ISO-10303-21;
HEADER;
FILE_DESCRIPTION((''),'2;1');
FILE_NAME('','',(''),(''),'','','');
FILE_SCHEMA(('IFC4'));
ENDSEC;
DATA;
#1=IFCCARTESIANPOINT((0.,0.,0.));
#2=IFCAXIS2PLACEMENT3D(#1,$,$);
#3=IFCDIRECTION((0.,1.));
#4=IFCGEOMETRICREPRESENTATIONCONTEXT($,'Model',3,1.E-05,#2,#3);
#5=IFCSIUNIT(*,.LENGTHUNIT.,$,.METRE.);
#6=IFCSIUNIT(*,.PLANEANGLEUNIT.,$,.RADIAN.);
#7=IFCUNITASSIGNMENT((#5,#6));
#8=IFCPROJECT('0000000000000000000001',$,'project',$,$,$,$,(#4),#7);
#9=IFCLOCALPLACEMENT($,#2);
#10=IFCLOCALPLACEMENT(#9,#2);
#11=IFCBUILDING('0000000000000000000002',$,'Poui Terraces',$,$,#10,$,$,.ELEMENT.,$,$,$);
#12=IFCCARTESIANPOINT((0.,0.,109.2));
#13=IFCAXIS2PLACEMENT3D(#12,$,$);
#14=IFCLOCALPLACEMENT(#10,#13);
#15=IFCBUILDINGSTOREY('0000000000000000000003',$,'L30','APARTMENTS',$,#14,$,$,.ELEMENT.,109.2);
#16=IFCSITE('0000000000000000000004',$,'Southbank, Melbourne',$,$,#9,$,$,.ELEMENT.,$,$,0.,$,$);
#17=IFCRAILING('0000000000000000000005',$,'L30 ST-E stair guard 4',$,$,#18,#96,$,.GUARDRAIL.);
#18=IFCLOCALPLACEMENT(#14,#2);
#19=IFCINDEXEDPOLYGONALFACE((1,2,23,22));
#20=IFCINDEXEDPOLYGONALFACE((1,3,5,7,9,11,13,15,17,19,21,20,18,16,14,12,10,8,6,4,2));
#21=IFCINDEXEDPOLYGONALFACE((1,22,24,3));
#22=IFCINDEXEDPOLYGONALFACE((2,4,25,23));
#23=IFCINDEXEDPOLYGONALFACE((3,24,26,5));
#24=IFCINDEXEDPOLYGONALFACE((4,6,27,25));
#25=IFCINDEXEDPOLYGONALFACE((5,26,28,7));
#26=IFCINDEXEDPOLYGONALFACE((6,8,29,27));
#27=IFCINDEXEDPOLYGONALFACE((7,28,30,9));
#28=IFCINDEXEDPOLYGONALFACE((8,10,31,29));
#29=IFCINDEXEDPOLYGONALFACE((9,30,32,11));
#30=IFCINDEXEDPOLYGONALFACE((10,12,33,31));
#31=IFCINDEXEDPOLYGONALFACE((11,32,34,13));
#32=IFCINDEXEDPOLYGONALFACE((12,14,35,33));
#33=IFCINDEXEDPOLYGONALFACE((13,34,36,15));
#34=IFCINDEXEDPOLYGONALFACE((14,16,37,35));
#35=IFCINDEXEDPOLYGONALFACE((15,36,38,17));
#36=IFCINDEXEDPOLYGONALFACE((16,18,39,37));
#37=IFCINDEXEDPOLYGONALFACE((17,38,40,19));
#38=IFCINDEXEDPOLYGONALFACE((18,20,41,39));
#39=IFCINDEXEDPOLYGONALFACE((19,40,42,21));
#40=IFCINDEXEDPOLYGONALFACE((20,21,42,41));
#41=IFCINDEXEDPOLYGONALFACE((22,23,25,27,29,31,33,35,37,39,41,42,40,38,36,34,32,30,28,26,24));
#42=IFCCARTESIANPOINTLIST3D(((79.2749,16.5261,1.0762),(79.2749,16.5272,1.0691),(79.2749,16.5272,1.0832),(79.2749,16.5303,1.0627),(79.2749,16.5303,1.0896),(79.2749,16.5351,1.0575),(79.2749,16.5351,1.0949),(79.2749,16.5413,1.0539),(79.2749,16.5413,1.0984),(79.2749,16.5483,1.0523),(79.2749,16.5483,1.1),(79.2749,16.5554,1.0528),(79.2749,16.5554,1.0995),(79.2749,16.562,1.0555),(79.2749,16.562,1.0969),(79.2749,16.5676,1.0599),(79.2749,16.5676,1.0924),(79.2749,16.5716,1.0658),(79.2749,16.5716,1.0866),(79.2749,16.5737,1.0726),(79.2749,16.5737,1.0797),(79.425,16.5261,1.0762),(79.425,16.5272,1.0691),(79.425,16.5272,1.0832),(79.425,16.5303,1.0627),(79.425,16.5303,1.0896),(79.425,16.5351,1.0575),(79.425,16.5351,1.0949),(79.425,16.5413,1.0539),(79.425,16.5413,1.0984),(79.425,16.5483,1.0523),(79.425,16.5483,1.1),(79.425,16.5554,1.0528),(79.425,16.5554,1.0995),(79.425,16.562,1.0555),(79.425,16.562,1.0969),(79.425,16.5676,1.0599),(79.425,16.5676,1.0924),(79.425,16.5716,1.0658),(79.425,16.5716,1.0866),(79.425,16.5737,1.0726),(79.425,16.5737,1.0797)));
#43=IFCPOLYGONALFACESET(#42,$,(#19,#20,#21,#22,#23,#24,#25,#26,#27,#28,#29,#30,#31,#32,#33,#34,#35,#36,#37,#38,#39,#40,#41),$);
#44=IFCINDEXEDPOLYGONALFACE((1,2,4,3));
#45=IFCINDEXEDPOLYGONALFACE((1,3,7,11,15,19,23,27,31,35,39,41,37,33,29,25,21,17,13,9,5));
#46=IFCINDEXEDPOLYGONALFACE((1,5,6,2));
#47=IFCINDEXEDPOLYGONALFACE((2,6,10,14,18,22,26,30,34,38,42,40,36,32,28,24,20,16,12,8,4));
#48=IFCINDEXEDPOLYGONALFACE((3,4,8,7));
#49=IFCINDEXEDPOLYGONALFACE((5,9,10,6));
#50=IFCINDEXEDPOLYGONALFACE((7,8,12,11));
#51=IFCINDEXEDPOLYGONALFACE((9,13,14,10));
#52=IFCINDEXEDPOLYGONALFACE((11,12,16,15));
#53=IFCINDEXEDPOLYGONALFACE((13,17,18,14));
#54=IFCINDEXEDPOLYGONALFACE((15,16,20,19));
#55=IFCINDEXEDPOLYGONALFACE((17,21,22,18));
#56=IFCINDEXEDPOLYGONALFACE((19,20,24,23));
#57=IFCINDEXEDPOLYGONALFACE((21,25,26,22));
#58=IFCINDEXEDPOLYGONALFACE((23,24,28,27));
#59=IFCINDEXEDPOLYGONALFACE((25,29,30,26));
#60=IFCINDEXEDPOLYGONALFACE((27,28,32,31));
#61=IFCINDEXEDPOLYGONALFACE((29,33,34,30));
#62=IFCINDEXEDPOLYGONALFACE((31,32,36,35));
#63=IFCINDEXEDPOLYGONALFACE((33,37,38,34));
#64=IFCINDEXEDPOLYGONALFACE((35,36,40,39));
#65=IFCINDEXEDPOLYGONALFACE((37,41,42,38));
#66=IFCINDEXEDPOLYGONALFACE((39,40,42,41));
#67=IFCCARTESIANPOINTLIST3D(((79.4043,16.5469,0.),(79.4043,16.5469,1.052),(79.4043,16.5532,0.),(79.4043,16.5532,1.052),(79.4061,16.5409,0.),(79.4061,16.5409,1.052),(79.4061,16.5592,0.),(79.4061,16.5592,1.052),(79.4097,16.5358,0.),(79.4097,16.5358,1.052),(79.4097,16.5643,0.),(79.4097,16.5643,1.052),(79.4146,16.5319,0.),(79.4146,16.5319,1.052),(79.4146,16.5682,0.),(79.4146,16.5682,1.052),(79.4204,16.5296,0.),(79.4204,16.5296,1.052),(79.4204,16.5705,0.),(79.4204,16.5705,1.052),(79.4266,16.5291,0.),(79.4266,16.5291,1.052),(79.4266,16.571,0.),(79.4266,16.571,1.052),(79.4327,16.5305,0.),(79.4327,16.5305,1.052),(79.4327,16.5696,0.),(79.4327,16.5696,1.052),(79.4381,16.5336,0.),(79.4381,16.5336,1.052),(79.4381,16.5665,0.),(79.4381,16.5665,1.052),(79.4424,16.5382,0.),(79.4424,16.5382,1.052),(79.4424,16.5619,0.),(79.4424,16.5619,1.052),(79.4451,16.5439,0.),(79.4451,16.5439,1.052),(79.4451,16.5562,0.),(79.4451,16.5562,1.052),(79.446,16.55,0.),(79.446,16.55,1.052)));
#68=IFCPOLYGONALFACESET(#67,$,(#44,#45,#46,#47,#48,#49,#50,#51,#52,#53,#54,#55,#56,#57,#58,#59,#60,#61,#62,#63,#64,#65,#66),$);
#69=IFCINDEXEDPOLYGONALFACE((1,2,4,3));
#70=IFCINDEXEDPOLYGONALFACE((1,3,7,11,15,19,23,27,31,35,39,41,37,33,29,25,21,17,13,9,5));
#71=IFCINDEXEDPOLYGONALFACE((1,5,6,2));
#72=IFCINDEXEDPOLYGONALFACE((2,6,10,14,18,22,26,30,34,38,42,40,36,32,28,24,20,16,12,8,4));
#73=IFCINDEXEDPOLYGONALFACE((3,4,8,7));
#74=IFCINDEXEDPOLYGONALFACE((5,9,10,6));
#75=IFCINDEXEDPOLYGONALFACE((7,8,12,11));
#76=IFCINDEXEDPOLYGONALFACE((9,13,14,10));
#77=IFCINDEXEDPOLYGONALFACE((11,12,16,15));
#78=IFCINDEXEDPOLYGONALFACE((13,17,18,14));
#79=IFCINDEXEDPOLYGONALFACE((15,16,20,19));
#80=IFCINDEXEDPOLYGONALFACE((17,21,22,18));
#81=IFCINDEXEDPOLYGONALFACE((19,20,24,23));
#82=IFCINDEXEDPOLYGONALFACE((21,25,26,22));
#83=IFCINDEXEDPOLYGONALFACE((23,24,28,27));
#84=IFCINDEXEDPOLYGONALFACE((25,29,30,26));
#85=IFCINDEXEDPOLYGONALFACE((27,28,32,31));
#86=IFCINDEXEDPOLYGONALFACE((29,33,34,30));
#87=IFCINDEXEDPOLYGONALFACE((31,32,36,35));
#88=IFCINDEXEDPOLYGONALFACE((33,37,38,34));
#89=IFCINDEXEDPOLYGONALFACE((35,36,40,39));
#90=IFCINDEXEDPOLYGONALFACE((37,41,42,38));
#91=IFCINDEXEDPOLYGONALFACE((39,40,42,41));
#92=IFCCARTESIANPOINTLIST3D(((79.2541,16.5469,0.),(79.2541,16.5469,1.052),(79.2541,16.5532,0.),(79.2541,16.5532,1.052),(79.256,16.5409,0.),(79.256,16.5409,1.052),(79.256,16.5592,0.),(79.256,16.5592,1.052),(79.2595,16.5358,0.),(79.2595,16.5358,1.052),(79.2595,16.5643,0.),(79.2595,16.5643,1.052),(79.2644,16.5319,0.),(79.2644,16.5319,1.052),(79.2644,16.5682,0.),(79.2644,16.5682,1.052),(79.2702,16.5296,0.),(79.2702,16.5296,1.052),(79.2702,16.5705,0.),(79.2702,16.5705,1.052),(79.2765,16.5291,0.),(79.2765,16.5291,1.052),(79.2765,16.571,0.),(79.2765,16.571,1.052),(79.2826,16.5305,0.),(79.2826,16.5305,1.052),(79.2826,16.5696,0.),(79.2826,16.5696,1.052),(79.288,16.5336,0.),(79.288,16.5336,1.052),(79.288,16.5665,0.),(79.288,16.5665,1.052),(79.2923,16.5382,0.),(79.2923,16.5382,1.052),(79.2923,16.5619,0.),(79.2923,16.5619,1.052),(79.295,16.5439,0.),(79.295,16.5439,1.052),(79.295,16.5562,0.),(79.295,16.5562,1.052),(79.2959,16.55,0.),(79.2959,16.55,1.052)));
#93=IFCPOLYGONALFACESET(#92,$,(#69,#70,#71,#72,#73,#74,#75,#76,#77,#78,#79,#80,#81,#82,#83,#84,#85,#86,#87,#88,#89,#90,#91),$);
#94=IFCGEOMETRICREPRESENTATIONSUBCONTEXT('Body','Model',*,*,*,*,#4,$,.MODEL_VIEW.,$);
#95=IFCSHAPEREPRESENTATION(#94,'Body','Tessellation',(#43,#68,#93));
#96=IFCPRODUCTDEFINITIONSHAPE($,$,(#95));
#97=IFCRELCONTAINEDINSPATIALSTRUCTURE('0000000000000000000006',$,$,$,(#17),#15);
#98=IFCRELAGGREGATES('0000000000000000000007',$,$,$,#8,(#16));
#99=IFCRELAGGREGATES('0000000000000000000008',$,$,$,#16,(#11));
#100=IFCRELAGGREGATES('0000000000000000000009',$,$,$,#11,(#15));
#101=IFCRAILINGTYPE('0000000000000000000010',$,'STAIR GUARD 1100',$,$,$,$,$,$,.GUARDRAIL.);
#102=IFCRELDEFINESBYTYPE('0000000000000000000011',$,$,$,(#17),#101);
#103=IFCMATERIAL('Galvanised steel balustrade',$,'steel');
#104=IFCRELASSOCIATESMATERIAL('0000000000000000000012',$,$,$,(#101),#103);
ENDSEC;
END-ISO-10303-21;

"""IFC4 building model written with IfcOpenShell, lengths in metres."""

from ifc_helpers import new_model, si_unit, direction, frame, origin, origin_2d, place, context, subcontext, project, spatial, circle, extrude, material, type_object, element, save


model = new_model("IFC4")

# Units and contexts
model_context = context("Model", 3, precision=1e-05, world=origin(), true_north=direction((0.0, 1.0)))
body_context = subcontext(model_context, "Body", "Model", "MODEL_VIEW")
ifc_project = project(units=[si_unit("LENGTHUNIT", "METRE"), si_unit("PLANEANGLEUNIT", "RADIAN")], contexts=[model_context])

# Site, building, storey
site_placement = place(None, origin())
site = spatial("IfcSite", under=ifc_project, at=site_placement, Name="Southbank, Melbourne", CompositionType="ELEMENT", RefElevation=0.0)
building_placement = place(site_placement, origin())
building = spatial("IfcBuilding", under=site, at=building_placement, Name="Poui Terraces", CompositionType="ELEMENT")
storey_placement = place(building_placement, frame((0.0, 0.0, 109.2)))
storey = spatial("IfcBuildingStorey", under=building, at=storey_placement, Name="L30", Description="APARTMENTS", CompositionType="ELEMENT", Elevation=109.2)

# Railing
ifc_material_1 = material(Name="Galvanised steel balustrade", Category="steel")
railing_type_1 = type_object("IfcRailingType", Name="STAIR GUARD 1100", PredefinedType="GUARDRAIL", material=ifc_material_1)
railing_1_placement = place(storey_placement, frame((79.425, 16.55, 0.0)))
element("IfcRailing", 1, at=railing_1_placement, inside=storey, type_object=railing_type_1, Name="L30 ST-E stair guard 4", PredefinedType="GUARDRAIL", context=body_context, shape_type="SweptSolid", body=[
    extrude(circle(Radius=0.0239, at=origin_2d()), frame((0.0, 0.0, 1.0762), z_axis=(-1.0, 0.0, 0.0), x_axis=(0.0, -1.0, 0.0)), (0.0, 0.0, 1.0), 0.1501),
    extrude(circle(Radius=0.021, at=origin_2d()), origin(), (0.0, 0.0, 1.0), 1.052),
    extrude(circle(Radius=0.021, at=origin_2d()), frame((-0.1501, 0.0, 0.0)), (0.0, 0.0, 1.0), 1.052),
])

save(model, "model.ifc")
